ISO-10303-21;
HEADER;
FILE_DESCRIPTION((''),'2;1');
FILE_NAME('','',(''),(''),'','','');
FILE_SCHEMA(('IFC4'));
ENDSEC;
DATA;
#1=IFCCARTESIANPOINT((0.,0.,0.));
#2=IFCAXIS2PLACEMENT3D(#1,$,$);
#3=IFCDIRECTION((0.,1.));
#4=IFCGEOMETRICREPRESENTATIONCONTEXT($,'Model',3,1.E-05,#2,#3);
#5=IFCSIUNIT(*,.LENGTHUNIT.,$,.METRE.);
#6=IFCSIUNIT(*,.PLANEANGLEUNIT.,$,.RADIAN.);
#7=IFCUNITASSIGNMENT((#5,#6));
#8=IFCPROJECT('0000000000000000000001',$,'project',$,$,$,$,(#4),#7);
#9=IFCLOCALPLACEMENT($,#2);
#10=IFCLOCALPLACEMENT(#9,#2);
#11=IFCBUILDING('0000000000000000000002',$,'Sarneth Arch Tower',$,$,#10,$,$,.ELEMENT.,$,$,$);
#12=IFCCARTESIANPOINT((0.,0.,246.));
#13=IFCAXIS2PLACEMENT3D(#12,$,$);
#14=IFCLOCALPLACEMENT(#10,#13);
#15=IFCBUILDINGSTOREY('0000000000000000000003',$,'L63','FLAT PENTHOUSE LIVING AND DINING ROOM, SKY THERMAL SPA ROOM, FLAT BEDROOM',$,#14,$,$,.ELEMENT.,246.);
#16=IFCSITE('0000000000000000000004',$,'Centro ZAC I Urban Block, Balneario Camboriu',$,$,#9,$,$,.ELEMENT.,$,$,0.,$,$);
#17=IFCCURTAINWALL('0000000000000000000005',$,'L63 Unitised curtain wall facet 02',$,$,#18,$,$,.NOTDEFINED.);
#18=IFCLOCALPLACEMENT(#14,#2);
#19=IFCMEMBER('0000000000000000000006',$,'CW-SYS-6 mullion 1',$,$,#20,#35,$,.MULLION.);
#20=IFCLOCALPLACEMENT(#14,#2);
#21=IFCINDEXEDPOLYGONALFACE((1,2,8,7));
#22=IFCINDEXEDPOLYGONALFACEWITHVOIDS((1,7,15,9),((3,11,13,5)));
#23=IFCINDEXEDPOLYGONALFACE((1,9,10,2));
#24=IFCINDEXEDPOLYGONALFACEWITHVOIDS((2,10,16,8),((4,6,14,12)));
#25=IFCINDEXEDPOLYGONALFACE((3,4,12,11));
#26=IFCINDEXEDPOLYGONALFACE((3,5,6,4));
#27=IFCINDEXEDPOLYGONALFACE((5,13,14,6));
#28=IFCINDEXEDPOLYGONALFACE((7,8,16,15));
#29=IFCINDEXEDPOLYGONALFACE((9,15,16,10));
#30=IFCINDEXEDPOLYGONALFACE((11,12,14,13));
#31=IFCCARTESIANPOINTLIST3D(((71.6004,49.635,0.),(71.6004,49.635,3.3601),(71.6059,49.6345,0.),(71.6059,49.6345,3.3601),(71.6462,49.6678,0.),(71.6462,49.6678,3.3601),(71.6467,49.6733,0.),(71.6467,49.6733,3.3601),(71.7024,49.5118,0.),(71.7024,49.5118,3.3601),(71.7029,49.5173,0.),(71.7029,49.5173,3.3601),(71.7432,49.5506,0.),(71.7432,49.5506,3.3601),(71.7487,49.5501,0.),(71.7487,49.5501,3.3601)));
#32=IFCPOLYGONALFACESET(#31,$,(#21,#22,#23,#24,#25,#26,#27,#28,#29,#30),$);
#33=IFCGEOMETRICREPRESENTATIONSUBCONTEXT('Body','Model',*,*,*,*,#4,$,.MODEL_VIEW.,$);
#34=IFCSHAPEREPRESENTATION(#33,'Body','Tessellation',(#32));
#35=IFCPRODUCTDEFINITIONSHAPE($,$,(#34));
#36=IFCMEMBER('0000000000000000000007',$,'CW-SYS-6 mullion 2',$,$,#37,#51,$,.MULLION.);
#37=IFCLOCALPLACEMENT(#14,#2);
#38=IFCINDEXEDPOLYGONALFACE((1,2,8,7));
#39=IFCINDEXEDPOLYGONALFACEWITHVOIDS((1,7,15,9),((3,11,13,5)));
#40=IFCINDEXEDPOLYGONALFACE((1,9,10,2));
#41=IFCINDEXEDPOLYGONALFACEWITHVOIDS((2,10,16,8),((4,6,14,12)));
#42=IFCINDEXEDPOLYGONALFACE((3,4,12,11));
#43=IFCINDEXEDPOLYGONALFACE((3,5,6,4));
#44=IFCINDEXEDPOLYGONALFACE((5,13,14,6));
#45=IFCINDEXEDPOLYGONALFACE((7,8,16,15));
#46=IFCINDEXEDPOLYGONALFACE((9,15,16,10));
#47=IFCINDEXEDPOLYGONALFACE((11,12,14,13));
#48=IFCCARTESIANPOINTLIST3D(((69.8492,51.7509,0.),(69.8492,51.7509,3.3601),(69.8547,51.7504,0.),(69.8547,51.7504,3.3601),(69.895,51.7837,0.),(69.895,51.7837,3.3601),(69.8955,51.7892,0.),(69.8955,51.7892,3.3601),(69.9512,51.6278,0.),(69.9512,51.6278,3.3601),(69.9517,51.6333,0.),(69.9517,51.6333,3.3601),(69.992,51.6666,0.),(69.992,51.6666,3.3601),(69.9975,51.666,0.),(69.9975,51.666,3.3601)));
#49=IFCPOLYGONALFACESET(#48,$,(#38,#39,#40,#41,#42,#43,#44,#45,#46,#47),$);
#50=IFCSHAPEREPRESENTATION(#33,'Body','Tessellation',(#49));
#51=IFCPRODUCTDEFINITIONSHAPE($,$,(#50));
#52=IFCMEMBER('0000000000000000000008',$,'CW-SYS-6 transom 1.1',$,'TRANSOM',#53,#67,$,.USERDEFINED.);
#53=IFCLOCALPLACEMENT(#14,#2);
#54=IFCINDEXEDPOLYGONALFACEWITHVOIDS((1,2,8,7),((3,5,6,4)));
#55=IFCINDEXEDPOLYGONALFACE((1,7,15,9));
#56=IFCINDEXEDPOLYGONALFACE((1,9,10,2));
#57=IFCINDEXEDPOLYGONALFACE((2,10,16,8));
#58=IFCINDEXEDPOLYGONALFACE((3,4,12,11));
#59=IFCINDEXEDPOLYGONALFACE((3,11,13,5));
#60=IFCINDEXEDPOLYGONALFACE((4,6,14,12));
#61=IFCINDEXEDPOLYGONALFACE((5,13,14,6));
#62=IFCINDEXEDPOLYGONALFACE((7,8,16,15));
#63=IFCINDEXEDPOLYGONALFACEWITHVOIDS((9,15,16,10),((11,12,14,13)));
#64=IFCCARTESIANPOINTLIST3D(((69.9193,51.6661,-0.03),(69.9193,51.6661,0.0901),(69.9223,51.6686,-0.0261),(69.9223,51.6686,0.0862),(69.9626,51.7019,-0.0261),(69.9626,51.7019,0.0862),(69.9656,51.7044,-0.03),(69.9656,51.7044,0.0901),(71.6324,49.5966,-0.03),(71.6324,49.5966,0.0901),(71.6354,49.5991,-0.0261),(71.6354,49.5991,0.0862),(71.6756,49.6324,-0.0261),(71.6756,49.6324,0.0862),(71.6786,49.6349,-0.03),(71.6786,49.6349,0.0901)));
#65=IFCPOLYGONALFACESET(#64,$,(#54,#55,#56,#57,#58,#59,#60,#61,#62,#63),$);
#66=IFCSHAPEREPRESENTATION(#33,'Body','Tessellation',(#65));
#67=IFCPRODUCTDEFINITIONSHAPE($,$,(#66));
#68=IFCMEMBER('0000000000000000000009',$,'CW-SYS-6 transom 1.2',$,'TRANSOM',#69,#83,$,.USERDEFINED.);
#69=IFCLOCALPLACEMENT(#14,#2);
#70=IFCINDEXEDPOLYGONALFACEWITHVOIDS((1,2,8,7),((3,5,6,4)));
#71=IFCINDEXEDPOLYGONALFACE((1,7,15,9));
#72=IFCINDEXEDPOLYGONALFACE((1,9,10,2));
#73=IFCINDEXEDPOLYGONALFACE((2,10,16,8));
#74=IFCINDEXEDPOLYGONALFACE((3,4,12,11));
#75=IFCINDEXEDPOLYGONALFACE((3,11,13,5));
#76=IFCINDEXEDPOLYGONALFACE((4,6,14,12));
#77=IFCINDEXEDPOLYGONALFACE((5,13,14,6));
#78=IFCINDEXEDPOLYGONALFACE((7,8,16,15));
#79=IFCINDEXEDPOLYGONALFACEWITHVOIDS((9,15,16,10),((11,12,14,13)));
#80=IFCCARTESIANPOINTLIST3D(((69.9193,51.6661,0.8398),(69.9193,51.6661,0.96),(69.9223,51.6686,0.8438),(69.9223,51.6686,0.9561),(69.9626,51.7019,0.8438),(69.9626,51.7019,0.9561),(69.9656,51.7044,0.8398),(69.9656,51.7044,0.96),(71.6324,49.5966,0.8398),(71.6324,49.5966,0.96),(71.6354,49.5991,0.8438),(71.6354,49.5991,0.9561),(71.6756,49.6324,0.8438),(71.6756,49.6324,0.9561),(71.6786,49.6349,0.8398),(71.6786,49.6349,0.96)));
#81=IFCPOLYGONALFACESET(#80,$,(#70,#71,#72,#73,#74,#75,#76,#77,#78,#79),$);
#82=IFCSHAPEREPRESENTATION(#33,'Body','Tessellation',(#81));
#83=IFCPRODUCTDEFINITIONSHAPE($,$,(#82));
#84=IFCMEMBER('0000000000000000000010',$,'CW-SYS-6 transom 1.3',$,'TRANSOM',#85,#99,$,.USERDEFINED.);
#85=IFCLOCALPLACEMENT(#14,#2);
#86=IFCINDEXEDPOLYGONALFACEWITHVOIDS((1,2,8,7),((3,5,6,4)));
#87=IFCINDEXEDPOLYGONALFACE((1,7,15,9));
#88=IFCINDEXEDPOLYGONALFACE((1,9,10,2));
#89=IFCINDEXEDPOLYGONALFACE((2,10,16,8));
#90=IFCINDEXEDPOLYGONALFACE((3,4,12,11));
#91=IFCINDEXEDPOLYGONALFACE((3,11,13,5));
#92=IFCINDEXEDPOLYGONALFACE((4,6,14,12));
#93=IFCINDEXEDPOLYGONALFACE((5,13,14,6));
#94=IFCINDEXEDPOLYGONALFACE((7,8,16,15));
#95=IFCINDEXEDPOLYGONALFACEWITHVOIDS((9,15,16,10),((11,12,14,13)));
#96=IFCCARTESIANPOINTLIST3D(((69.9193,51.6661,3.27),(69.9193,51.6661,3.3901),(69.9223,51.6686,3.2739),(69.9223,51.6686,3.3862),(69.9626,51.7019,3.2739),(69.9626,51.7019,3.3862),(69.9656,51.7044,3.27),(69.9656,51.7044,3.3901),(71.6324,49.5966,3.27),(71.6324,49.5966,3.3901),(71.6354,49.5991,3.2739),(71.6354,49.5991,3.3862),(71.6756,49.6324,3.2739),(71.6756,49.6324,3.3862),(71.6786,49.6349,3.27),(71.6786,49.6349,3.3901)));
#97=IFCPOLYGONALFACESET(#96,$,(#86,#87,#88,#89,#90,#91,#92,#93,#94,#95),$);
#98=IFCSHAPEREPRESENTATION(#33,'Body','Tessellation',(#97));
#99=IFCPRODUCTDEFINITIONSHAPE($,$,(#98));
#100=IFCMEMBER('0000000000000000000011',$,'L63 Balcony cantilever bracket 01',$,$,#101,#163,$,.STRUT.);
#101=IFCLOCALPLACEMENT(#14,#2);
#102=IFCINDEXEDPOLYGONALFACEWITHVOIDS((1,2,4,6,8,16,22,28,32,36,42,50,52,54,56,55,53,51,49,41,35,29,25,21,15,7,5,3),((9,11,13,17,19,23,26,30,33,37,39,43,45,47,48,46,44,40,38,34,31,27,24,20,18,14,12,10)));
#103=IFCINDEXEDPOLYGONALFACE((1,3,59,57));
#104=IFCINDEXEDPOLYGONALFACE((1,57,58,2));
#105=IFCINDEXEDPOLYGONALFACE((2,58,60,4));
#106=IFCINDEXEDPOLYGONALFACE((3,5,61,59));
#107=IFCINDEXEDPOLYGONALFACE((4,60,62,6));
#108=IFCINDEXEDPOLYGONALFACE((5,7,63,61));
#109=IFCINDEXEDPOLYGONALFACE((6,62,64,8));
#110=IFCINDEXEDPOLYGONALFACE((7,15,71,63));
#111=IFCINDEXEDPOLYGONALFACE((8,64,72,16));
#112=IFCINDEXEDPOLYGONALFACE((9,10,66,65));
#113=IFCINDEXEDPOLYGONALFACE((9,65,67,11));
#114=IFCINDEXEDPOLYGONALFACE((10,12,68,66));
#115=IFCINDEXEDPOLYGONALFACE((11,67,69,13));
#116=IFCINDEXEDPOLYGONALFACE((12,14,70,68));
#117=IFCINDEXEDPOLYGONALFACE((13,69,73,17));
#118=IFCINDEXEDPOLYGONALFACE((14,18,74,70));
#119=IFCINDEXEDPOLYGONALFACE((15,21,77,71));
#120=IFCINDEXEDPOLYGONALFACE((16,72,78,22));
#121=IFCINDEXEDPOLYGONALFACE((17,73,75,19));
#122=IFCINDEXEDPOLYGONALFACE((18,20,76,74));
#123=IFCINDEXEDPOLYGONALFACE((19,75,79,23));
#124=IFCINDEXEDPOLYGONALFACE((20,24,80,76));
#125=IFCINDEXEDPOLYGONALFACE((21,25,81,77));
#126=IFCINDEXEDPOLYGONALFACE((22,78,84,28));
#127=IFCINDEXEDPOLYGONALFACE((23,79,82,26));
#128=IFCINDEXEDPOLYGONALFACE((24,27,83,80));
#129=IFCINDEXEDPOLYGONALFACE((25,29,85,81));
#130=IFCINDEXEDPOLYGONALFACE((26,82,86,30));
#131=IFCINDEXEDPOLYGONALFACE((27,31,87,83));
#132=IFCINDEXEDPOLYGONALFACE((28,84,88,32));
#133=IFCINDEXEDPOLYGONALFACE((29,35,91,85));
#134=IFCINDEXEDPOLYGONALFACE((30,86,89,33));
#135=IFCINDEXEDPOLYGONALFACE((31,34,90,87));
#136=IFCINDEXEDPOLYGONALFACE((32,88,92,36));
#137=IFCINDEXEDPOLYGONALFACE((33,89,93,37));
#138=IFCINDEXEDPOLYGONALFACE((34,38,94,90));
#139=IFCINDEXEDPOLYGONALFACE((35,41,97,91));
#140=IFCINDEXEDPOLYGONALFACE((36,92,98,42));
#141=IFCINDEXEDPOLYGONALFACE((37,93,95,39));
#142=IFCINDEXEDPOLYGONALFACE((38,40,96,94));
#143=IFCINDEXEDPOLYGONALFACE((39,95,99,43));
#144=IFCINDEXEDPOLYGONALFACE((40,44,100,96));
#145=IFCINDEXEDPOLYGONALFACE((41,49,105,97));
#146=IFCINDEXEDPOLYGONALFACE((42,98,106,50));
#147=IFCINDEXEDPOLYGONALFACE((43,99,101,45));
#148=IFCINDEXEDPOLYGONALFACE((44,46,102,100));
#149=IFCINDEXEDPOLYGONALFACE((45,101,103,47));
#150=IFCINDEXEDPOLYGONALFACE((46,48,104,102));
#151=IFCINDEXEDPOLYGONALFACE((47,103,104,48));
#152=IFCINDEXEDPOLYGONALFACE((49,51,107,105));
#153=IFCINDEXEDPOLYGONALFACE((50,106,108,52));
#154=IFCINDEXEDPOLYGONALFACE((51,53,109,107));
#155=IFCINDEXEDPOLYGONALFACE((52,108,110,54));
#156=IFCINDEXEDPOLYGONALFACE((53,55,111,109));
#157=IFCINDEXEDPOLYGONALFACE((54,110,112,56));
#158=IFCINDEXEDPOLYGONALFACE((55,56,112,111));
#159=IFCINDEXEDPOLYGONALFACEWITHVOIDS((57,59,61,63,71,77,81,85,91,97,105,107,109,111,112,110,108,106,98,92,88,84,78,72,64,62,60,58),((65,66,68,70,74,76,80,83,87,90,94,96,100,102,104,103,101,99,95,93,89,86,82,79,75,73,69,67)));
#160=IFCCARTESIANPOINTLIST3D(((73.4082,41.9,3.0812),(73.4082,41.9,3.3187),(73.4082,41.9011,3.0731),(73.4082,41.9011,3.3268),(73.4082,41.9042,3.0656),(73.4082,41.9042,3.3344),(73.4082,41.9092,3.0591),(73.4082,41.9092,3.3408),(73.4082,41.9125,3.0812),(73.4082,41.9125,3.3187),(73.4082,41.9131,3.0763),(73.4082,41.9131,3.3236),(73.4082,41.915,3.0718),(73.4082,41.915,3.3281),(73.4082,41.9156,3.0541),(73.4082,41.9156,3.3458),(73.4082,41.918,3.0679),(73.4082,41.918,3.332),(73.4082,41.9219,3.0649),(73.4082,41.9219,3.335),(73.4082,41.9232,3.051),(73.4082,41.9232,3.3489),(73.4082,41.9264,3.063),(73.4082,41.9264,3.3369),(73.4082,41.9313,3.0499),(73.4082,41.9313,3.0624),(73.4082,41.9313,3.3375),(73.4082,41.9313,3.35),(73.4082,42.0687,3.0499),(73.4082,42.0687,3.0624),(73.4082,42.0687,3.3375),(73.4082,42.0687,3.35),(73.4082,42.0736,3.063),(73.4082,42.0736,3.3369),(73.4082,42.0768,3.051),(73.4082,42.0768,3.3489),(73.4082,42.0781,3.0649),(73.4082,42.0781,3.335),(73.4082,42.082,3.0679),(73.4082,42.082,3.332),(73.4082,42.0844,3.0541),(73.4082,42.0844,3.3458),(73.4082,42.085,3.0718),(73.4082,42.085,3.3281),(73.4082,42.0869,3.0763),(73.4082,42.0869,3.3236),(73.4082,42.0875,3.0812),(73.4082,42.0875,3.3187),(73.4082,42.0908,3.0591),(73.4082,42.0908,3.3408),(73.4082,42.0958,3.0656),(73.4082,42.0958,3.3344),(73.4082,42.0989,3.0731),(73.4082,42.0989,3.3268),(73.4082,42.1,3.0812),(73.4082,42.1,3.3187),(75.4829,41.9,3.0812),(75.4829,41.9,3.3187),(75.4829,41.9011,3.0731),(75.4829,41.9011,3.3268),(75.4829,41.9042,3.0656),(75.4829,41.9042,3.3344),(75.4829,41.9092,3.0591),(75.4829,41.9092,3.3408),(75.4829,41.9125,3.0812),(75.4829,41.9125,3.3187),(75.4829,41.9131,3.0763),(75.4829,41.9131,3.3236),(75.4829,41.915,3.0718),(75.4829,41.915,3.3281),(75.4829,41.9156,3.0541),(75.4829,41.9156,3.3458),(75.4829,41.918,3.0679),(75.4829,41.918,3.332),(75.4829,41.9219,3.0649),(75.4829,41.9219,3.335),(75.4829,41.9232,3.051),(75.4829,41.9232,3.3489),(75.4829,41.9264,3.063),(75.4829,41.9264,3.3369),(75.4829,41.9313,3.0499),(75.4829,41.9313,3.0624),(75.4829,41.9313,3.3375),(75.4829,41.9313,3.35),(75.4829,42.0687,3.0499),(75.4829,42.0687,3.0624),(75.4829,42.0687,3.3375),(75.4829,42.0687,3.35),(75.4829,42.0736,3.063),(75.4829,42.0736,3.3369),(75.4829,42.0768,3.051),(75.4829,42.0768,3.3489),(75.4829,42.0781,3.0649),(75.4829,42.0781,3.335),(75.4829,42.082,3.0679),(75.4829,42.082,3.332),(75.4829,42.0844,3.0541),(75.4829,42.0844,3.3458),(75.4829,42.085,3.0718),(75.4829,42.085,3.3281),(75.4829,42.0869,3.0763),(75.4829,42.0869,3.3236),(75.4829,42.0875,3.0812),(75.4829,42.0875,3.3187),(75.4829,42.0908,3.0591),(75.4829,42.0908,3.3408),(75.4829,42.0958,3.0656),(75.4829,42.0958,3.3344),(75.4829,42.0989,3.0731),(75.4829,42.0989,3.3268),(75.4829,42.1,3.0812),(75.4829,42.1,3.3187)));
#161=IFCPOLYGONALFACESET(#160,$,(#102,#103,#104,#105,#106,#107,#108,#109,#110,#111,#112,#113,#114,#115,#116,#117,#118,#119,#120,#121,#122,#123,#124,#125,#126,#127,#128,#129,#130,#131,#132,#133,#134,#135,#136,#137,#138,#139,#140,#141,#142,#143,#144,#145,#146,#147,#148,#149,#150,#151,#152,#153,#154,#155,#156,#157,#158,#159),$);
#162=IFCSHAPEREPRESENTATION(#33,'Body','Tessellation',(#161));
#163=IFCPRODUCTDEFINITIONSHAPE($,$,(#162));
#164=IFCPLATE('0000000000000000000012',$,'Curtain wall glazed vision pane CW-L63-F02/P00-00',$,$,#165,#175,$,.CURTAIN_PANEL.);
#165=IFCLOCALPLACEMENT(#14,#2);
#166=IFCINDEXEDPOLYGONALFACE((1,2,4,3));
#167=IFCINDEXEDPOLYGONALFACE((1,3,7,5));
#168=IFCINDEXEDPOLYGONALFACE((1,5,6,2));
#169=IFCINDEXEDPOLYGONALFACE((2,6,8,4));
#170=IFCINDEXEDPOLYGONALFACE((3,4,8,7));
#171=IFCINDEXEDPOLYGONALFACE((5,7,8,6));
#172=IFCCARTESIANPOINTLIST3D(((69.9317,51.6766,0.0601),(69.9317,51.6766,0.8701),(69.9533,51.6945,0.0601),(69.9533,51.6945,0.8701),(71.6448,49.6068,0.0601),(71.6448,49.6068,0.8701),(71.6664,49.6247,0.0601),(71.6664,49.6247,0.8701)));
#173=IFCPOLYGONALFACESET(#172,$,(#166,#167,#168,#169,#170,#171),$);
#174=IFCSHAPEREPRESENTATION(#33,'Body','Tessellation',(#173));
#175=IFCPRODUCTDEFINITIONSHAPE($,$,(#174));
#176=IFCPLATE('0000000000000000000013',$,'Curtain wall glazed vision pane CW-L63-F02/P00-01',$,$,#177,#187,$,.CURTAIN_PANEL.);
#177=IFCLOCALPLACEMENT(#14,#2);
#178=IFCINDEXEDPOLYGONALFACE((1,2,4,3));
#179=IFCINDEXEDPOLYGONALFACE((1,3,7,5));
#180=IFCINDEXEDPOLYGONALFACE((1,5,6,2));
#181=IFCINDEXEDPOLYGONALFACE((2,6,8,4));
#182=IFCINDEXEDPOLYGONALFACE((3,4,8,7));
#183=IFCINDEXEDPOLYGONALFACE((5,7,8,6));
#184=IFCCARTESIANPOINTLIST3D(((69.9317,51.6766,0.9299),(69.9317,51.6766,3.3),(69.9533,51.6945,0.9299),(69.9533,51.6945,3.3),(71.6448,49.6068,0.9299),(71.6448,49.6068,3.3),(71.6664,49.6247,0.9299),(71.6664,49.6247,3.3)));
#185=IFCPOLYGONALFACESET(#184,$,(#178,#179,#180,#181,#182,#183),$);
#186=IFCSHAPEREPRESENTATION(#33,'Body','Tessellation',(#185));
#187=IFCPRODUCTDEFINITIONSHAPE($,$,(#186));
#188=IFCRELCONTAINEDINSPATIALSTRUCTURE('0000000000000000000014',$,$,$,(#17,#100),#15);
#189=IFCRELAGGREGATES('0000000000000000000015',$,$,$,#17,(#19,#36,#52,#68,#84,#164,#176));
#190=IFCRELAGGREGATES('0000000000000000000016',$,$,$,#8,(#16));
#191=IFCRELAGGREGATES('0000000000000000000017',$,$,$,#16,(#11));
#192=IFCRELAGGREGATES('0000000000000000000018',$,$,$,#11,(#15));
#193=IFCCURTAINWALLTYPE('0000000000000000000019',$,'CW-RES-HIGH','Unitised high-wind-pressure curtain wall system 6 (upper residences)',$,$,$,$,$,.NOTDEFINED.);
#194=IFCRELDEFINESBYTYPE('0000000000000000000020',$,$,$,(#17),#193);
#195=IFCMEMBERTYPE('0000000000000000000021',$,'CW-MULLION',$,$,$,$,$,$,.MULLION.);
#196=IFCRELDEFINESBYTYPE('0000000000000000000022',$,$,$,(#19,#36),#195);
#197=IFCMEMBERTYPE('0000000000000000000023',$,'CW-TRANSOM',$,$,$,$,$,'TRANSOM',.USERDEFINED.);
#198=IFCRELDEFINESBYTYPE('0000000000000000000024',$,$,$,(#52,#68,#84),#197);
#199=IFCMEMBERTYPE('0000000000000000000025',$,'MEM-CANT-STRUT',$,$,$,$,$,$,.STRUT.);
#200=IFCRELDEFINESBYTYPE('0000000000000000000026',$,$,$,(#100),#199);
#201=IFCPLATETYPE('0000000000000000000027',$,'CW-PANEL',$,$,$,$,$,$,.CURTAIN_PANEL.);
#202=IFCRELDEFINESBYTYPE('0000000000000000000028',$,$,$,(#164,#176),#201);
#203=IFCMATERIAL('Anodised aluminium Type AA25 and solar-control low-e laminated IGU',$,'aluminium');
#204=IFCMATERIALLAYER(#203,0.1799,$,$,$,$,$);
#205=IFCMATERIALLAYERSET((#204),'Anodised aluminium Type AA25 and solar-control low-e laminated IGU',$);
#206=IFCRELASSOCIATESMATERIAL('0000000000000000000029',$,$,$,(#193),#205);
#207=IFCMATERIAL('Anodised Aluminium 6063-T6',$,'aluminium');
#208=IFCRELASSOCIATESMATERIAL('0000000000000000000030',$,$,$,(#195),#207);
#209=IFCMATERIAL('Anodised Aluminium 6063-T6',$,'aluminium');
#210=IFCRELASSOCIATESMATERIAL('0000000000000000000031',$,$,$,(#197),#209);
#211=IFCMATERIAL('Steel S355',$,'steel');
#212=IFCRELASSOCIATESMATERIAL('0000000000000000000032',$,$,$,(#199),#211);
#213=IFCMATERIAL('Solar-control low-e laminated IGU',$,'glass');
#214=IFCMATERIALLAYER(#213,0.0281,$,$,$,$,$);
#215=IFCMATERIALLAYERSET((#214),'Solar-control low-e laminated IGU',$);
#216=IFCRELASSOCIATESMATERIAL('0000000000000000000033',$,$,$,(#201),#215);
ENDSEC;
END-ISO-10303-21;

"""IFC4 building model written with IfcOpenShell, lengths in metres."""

from ifc_helpers import new_model, si_unit, direction, frame, origin, origin_2d, place, context, subcontext, project, spatial, rectangle, hollow_rectangle, extrude, material, layer, layer_set, material_profile, profile_set, type_object, element, aggregate, save


model = new_model("IFC4")

# Units and contexts
model_context = context("Model", 3, precision=1e-05, world=origin(), true_north=direction((0.0, 1.0)))
body_context = subcontext(model_context, "Body", "Model", "MODEL_VIEW")
ifc_project = project(units=[si_unit("LENGTHUNIT", "METRE"), si_unit("PLANEANGLEUNIT", "RADIAN")], contexts=[model_context])

# Site, building, storey
site_placement = place(None, origin())
site = spatial("IfcSite", under=ifc_project, at=site_placement, Name="Centro ZAC I Urban Block, Balneario Camboriu", CompositionType="ELEMENT", RefElevation=0.0)
building_placement = place(site_placement, origin())
building = spatial("IfcBuilding", under=site, at=building_placement, Name="Sarneth Arch Tower", CompositionType="ELEMENT")
storey_placement = place(building_placement, frame((0.0, 0.0, 246.0)))
storey = spatial("IfcBuildingStorey", under=building, at=storey_placement, Name="L63", Description="FLAT PENTHOUSE LIVING AND DINING ROOM, SKY THERMAL SPA ROOM, FLAT BEDROOM", CompositionType="ELEMENT", Elevation=246.0)

# Curtain wall, members
ifc_material_1 = material(Name="Anodised aluminium Type AA25 and solar-control low-e laminated IGU", Category="aluminium")
ifc_layer_1 = layer(ifc_material_1, 0.1799)
ifc_layer_set_1 = layer_set([ifc_layer_1], Name="Anodised aluminium Type AA25 and solar-control low-e laminated IGU")
curtain_wall_type = type_object("IfcCurtainWallType", Name="CW-RES-HIGH", Description="Unitised high-wind-pressure curtain wall system 6 (upper residences)", PredefinedType="NOTDEFINED", material=ifc_layer_set_1)
curtain_wall_placement = place(storey_placement, origin())
curtain_wall = element("IfcCurtainWall", 1, at=curtain_wall_placement, inside=storey, type_object=curtain_wall_type, Name="L63 Unitised curtain wall facet 02", PredefinedType="NOTDEFINED")
ifc_material_2 = material(Name="Anodised Aluminium 6063-T6", Category="aluminium")
ifc_material_profile_1 = material_profile(ifc_material_2, hollow_rectangle(XDim=0.0601, YDim=0.1599, WallThickness=0.0039, at=origin_2d()), Name="AL-MULL-160x60x4")
ifc_profile_set_1 = profile_set([ifc_material_profile_1], Name="Anodised Aluminium 6063-T6")
member_type_1 = type_object("IfcMemberType", Name="CW-MULLION", PredefinedType="MULLION", material=ifc_profile_set_1)
member_1_placement = place(storey_placement, frame((71.6746, 49.5925, 0.0), z_axis=(0.0, 0.0, 1.0), x_axis=(-0.770359, -0.63761, 0.0)))
member_1 = element("IfcMember", 2, at=member_1_placement, type_object=member_type_1, Name="CW-SYS-6 mullion 1", PredefinedType="MULLION", context=body_context, shape_type="SweptSolid", body=[
    extrude(hollow_rectangle(XDim=0.0601, YDim=0.1599, WallThickness=0.0039, at=origin_2d()), origin(), (0.0, 0.0, 1.0), 3.3601),
])
member_2_placement = place(storey_placement, frame((69.9233, 51.7085, 0.0), z_axis=(0.0, 0.0, 1.0), x_axis=(-0.770359, -0.63761, 0.0)))
member_2 = element("IfcMember", 3, at=member_2_placement, type_object=member_type_1, Name="CW-SYS-6 mullion 2", PredefinedType="MULLION", context=body_context, shape_type="SweptSolid", body=[
    extrude(hollow_rectangle(XDim=0.0601, YDim=0.1599, WallThickness=0.0039, at=origin_2d()), origin(), (0.0, 0.0, 1.0), 3.3601),
])
ifc_material_3 = material(Name="Anodised Aluminium 6063-T6", Category="aluminium")
ifc_material_profile_2 = material_profile(ifc_material_3, hollow_rectangle(XDim=0.0601, YDim=0.1201, WallThickness=0.0039, at=origin_2d()), Name="AL-TRAN-120x60x4")
ifc_profile_set_2 = profile_set([ifc_material_profile_2], Name="Anodised Aluminium 6063-T6")
member_type_2 = type_object("IfcMemberType", Name="CW-TRANSOM", ElementType="TRANSOM", PredefinedType="USERDEFINED", material=ifc_profile_set_2)
member_3_placement = place(storey_placement, frame((71.6555, 49.6157, 0.03), z_axis=(-0.637651, 0.770325, 0.0), x_axis=(-0.770325, -0.637651, 0.0)))
member_3 = element("IfcMember", 4, at=member_3_placement, type_object=member_type_2, Name="CW-SYS-6 transom 1.1", ObjectType="TRANSOM", PredefinedType="USERDEFINED", context=body_context, shape_type="SweptSolid", body=[
    extrude(hollow_rectangle(XDim=0.0601, YDim=0.1201, WallThickness=0.0039, at=origin_2d()), origin(), (0.0, 0.0, 1.0), 2.6865),
])
member_4_placement = place(storey_placement, frame((71.6555, 49.6157, 0.8999), z_axis=(-0.637651, 0.770325, 0.0), x_axis=(-0.770325, -0.637651, 0.0)))
member_4 = element("IfcMember", 5, at=member_4_placement, type_object=member_type_2, Name="CW-SYS-6 transom 1.2", ObjectType="TRANSOM", PredefinedType="USERDEFINED", context=body_context, shape_type="SweptSolid", body=[
    extrude(hollow_rectangle(XDim=0.0601, YDim=0.1201, WallThickness=0.0039, at=origin_2d()), origin(), (0.0, 0.0, 1.0), 2.6865),
])
member_5_placement = place(storey_placement, frame((71.6555, 49.6157, 3.3301), z_axis=(-0.637651, 0.770325, 0.0), x_axis=(-0.770325, -0.637651, 0.0)))
member_5 = element("IfcMember", 6, at=member_5_placement, type_object=member_type_2, Name="CW-SYS-6 transom 1.3", ObjectType="TRANSOM", PredefinedType="USERDEFINED", context=body_context, shape_type="SweptSolid", body=[
    extrude(hollow_rectangle(XDim=0.0601, YDim=0.1201, WallThickness=0.0039, at=origin_2d()), origin(), (0.0, 0.0, 1.0), 2.6865),
])

# Member
ifc_material_4 = material(Name="Steel S355", Category="steel")
ifc_material_profile_3 = material_profile(ifc_material_4, hollow_rectangle(XDim=0.2, YDim=0.3, WallThickness=0.0125, InnerFilletRadius=0.0188, OuterFilletRadius=0.0312, at=origin_2d()), Name="RHS300x200x12.5")
ifc_profile_set_3 = profile_set([ifc_material_profile_3], Name="Steel S355")
member_type_3 = type_object("IfcMemberType", Name="MEM-CANT-STRUT", PredefinedType="STRUT", material=ifc_profile_set_3)
member_6_placement = place(storey_placement, frame((73.4082, 42.0, 3.2), z_axis=(1.0, 0.0, 0.0), x_axis=(0.0, 1.0, 0.0)))
element("IfcMember", 7, at=member_6_placement, inside=storey, type_object=member_type_3, Name="L63 Balcony cantilever bracket 01", PredefinedType="STRUT", context=body_context, shape_type="SweptSolid", body=[
    extrude(hollow_rectangle(XDim=0.2, YDim=0.3, WallThickness=0.0125, InnerFilletRadius=0.0188, OuterFilletRadius=0.0312, at=origin_2d()), origin(), (0.0, 0.0, 1.0), 2.0747),
])

# Plates
ifc_material_5 = material(Name="Solar-control low-e laminated IGU", Category="glass")
ifc_layer_2 = layer(ifc_material_5, 0.0281)
ifc_layer_set_2 = layer_set([ifc_layer_2], Name="Solar-control low-e laminated IGU")
plate_type_1 = type_object("IfcPlateType", Name="CW-PANEL", PredefinedType="CURTAIN_PANEL", material=ifc_layer_set_2)
plate_1_placement = place(storey_placement, frame((70.7991, 50.6506, 0.0601), z_axis=(0.0, 0.0, 1.0), x_axis=(-0.63761, 0.770359, 0.0)))
plate_1 = element("IfcPlate", 8, at=plate_1_placement, type_object=plate_type_1, Name="Curtain wall glazed vision pane CW-L63-F02/P00-00", PredefinedType="CURTAIN_PANEL", context=body_context, shape_type="SweptSolid", body=[
    extrude(rectangle(XDim=2.6868, YDim=0.0281, at=origin_2d()), origin(), (0.0, 0.0, 1.0), 0.8101),
])
plate_2_placement = place(storey_placement, frame((70.7991, 50.6506, 0.9299), z_axis=(0.0, 0.0, 1.0), x_axis=(-0.63761, 0.770359, 0.0)))
plate_2 = element("IfcPlate", 9, at=plate_2_placement, type_object=plate_type_1, Name="Curtain wall glazed vision pane CW-L63-F02/P00-01", PredefinedType="CURTAIN_PANEL", context=body_context, shape_type="SweptSolid", body=[
    extrude(rectangle(XDim=2.6868, YDim=0.0281, at=origin_2d()), origin(), (0.0, 0.0, 1.0), 2.3701),
])
aggregate(curtain_wall, [member_1, member_2, member_3, member_4, member_5, plate_1, plate_2])

save(model, "model.ifc")
